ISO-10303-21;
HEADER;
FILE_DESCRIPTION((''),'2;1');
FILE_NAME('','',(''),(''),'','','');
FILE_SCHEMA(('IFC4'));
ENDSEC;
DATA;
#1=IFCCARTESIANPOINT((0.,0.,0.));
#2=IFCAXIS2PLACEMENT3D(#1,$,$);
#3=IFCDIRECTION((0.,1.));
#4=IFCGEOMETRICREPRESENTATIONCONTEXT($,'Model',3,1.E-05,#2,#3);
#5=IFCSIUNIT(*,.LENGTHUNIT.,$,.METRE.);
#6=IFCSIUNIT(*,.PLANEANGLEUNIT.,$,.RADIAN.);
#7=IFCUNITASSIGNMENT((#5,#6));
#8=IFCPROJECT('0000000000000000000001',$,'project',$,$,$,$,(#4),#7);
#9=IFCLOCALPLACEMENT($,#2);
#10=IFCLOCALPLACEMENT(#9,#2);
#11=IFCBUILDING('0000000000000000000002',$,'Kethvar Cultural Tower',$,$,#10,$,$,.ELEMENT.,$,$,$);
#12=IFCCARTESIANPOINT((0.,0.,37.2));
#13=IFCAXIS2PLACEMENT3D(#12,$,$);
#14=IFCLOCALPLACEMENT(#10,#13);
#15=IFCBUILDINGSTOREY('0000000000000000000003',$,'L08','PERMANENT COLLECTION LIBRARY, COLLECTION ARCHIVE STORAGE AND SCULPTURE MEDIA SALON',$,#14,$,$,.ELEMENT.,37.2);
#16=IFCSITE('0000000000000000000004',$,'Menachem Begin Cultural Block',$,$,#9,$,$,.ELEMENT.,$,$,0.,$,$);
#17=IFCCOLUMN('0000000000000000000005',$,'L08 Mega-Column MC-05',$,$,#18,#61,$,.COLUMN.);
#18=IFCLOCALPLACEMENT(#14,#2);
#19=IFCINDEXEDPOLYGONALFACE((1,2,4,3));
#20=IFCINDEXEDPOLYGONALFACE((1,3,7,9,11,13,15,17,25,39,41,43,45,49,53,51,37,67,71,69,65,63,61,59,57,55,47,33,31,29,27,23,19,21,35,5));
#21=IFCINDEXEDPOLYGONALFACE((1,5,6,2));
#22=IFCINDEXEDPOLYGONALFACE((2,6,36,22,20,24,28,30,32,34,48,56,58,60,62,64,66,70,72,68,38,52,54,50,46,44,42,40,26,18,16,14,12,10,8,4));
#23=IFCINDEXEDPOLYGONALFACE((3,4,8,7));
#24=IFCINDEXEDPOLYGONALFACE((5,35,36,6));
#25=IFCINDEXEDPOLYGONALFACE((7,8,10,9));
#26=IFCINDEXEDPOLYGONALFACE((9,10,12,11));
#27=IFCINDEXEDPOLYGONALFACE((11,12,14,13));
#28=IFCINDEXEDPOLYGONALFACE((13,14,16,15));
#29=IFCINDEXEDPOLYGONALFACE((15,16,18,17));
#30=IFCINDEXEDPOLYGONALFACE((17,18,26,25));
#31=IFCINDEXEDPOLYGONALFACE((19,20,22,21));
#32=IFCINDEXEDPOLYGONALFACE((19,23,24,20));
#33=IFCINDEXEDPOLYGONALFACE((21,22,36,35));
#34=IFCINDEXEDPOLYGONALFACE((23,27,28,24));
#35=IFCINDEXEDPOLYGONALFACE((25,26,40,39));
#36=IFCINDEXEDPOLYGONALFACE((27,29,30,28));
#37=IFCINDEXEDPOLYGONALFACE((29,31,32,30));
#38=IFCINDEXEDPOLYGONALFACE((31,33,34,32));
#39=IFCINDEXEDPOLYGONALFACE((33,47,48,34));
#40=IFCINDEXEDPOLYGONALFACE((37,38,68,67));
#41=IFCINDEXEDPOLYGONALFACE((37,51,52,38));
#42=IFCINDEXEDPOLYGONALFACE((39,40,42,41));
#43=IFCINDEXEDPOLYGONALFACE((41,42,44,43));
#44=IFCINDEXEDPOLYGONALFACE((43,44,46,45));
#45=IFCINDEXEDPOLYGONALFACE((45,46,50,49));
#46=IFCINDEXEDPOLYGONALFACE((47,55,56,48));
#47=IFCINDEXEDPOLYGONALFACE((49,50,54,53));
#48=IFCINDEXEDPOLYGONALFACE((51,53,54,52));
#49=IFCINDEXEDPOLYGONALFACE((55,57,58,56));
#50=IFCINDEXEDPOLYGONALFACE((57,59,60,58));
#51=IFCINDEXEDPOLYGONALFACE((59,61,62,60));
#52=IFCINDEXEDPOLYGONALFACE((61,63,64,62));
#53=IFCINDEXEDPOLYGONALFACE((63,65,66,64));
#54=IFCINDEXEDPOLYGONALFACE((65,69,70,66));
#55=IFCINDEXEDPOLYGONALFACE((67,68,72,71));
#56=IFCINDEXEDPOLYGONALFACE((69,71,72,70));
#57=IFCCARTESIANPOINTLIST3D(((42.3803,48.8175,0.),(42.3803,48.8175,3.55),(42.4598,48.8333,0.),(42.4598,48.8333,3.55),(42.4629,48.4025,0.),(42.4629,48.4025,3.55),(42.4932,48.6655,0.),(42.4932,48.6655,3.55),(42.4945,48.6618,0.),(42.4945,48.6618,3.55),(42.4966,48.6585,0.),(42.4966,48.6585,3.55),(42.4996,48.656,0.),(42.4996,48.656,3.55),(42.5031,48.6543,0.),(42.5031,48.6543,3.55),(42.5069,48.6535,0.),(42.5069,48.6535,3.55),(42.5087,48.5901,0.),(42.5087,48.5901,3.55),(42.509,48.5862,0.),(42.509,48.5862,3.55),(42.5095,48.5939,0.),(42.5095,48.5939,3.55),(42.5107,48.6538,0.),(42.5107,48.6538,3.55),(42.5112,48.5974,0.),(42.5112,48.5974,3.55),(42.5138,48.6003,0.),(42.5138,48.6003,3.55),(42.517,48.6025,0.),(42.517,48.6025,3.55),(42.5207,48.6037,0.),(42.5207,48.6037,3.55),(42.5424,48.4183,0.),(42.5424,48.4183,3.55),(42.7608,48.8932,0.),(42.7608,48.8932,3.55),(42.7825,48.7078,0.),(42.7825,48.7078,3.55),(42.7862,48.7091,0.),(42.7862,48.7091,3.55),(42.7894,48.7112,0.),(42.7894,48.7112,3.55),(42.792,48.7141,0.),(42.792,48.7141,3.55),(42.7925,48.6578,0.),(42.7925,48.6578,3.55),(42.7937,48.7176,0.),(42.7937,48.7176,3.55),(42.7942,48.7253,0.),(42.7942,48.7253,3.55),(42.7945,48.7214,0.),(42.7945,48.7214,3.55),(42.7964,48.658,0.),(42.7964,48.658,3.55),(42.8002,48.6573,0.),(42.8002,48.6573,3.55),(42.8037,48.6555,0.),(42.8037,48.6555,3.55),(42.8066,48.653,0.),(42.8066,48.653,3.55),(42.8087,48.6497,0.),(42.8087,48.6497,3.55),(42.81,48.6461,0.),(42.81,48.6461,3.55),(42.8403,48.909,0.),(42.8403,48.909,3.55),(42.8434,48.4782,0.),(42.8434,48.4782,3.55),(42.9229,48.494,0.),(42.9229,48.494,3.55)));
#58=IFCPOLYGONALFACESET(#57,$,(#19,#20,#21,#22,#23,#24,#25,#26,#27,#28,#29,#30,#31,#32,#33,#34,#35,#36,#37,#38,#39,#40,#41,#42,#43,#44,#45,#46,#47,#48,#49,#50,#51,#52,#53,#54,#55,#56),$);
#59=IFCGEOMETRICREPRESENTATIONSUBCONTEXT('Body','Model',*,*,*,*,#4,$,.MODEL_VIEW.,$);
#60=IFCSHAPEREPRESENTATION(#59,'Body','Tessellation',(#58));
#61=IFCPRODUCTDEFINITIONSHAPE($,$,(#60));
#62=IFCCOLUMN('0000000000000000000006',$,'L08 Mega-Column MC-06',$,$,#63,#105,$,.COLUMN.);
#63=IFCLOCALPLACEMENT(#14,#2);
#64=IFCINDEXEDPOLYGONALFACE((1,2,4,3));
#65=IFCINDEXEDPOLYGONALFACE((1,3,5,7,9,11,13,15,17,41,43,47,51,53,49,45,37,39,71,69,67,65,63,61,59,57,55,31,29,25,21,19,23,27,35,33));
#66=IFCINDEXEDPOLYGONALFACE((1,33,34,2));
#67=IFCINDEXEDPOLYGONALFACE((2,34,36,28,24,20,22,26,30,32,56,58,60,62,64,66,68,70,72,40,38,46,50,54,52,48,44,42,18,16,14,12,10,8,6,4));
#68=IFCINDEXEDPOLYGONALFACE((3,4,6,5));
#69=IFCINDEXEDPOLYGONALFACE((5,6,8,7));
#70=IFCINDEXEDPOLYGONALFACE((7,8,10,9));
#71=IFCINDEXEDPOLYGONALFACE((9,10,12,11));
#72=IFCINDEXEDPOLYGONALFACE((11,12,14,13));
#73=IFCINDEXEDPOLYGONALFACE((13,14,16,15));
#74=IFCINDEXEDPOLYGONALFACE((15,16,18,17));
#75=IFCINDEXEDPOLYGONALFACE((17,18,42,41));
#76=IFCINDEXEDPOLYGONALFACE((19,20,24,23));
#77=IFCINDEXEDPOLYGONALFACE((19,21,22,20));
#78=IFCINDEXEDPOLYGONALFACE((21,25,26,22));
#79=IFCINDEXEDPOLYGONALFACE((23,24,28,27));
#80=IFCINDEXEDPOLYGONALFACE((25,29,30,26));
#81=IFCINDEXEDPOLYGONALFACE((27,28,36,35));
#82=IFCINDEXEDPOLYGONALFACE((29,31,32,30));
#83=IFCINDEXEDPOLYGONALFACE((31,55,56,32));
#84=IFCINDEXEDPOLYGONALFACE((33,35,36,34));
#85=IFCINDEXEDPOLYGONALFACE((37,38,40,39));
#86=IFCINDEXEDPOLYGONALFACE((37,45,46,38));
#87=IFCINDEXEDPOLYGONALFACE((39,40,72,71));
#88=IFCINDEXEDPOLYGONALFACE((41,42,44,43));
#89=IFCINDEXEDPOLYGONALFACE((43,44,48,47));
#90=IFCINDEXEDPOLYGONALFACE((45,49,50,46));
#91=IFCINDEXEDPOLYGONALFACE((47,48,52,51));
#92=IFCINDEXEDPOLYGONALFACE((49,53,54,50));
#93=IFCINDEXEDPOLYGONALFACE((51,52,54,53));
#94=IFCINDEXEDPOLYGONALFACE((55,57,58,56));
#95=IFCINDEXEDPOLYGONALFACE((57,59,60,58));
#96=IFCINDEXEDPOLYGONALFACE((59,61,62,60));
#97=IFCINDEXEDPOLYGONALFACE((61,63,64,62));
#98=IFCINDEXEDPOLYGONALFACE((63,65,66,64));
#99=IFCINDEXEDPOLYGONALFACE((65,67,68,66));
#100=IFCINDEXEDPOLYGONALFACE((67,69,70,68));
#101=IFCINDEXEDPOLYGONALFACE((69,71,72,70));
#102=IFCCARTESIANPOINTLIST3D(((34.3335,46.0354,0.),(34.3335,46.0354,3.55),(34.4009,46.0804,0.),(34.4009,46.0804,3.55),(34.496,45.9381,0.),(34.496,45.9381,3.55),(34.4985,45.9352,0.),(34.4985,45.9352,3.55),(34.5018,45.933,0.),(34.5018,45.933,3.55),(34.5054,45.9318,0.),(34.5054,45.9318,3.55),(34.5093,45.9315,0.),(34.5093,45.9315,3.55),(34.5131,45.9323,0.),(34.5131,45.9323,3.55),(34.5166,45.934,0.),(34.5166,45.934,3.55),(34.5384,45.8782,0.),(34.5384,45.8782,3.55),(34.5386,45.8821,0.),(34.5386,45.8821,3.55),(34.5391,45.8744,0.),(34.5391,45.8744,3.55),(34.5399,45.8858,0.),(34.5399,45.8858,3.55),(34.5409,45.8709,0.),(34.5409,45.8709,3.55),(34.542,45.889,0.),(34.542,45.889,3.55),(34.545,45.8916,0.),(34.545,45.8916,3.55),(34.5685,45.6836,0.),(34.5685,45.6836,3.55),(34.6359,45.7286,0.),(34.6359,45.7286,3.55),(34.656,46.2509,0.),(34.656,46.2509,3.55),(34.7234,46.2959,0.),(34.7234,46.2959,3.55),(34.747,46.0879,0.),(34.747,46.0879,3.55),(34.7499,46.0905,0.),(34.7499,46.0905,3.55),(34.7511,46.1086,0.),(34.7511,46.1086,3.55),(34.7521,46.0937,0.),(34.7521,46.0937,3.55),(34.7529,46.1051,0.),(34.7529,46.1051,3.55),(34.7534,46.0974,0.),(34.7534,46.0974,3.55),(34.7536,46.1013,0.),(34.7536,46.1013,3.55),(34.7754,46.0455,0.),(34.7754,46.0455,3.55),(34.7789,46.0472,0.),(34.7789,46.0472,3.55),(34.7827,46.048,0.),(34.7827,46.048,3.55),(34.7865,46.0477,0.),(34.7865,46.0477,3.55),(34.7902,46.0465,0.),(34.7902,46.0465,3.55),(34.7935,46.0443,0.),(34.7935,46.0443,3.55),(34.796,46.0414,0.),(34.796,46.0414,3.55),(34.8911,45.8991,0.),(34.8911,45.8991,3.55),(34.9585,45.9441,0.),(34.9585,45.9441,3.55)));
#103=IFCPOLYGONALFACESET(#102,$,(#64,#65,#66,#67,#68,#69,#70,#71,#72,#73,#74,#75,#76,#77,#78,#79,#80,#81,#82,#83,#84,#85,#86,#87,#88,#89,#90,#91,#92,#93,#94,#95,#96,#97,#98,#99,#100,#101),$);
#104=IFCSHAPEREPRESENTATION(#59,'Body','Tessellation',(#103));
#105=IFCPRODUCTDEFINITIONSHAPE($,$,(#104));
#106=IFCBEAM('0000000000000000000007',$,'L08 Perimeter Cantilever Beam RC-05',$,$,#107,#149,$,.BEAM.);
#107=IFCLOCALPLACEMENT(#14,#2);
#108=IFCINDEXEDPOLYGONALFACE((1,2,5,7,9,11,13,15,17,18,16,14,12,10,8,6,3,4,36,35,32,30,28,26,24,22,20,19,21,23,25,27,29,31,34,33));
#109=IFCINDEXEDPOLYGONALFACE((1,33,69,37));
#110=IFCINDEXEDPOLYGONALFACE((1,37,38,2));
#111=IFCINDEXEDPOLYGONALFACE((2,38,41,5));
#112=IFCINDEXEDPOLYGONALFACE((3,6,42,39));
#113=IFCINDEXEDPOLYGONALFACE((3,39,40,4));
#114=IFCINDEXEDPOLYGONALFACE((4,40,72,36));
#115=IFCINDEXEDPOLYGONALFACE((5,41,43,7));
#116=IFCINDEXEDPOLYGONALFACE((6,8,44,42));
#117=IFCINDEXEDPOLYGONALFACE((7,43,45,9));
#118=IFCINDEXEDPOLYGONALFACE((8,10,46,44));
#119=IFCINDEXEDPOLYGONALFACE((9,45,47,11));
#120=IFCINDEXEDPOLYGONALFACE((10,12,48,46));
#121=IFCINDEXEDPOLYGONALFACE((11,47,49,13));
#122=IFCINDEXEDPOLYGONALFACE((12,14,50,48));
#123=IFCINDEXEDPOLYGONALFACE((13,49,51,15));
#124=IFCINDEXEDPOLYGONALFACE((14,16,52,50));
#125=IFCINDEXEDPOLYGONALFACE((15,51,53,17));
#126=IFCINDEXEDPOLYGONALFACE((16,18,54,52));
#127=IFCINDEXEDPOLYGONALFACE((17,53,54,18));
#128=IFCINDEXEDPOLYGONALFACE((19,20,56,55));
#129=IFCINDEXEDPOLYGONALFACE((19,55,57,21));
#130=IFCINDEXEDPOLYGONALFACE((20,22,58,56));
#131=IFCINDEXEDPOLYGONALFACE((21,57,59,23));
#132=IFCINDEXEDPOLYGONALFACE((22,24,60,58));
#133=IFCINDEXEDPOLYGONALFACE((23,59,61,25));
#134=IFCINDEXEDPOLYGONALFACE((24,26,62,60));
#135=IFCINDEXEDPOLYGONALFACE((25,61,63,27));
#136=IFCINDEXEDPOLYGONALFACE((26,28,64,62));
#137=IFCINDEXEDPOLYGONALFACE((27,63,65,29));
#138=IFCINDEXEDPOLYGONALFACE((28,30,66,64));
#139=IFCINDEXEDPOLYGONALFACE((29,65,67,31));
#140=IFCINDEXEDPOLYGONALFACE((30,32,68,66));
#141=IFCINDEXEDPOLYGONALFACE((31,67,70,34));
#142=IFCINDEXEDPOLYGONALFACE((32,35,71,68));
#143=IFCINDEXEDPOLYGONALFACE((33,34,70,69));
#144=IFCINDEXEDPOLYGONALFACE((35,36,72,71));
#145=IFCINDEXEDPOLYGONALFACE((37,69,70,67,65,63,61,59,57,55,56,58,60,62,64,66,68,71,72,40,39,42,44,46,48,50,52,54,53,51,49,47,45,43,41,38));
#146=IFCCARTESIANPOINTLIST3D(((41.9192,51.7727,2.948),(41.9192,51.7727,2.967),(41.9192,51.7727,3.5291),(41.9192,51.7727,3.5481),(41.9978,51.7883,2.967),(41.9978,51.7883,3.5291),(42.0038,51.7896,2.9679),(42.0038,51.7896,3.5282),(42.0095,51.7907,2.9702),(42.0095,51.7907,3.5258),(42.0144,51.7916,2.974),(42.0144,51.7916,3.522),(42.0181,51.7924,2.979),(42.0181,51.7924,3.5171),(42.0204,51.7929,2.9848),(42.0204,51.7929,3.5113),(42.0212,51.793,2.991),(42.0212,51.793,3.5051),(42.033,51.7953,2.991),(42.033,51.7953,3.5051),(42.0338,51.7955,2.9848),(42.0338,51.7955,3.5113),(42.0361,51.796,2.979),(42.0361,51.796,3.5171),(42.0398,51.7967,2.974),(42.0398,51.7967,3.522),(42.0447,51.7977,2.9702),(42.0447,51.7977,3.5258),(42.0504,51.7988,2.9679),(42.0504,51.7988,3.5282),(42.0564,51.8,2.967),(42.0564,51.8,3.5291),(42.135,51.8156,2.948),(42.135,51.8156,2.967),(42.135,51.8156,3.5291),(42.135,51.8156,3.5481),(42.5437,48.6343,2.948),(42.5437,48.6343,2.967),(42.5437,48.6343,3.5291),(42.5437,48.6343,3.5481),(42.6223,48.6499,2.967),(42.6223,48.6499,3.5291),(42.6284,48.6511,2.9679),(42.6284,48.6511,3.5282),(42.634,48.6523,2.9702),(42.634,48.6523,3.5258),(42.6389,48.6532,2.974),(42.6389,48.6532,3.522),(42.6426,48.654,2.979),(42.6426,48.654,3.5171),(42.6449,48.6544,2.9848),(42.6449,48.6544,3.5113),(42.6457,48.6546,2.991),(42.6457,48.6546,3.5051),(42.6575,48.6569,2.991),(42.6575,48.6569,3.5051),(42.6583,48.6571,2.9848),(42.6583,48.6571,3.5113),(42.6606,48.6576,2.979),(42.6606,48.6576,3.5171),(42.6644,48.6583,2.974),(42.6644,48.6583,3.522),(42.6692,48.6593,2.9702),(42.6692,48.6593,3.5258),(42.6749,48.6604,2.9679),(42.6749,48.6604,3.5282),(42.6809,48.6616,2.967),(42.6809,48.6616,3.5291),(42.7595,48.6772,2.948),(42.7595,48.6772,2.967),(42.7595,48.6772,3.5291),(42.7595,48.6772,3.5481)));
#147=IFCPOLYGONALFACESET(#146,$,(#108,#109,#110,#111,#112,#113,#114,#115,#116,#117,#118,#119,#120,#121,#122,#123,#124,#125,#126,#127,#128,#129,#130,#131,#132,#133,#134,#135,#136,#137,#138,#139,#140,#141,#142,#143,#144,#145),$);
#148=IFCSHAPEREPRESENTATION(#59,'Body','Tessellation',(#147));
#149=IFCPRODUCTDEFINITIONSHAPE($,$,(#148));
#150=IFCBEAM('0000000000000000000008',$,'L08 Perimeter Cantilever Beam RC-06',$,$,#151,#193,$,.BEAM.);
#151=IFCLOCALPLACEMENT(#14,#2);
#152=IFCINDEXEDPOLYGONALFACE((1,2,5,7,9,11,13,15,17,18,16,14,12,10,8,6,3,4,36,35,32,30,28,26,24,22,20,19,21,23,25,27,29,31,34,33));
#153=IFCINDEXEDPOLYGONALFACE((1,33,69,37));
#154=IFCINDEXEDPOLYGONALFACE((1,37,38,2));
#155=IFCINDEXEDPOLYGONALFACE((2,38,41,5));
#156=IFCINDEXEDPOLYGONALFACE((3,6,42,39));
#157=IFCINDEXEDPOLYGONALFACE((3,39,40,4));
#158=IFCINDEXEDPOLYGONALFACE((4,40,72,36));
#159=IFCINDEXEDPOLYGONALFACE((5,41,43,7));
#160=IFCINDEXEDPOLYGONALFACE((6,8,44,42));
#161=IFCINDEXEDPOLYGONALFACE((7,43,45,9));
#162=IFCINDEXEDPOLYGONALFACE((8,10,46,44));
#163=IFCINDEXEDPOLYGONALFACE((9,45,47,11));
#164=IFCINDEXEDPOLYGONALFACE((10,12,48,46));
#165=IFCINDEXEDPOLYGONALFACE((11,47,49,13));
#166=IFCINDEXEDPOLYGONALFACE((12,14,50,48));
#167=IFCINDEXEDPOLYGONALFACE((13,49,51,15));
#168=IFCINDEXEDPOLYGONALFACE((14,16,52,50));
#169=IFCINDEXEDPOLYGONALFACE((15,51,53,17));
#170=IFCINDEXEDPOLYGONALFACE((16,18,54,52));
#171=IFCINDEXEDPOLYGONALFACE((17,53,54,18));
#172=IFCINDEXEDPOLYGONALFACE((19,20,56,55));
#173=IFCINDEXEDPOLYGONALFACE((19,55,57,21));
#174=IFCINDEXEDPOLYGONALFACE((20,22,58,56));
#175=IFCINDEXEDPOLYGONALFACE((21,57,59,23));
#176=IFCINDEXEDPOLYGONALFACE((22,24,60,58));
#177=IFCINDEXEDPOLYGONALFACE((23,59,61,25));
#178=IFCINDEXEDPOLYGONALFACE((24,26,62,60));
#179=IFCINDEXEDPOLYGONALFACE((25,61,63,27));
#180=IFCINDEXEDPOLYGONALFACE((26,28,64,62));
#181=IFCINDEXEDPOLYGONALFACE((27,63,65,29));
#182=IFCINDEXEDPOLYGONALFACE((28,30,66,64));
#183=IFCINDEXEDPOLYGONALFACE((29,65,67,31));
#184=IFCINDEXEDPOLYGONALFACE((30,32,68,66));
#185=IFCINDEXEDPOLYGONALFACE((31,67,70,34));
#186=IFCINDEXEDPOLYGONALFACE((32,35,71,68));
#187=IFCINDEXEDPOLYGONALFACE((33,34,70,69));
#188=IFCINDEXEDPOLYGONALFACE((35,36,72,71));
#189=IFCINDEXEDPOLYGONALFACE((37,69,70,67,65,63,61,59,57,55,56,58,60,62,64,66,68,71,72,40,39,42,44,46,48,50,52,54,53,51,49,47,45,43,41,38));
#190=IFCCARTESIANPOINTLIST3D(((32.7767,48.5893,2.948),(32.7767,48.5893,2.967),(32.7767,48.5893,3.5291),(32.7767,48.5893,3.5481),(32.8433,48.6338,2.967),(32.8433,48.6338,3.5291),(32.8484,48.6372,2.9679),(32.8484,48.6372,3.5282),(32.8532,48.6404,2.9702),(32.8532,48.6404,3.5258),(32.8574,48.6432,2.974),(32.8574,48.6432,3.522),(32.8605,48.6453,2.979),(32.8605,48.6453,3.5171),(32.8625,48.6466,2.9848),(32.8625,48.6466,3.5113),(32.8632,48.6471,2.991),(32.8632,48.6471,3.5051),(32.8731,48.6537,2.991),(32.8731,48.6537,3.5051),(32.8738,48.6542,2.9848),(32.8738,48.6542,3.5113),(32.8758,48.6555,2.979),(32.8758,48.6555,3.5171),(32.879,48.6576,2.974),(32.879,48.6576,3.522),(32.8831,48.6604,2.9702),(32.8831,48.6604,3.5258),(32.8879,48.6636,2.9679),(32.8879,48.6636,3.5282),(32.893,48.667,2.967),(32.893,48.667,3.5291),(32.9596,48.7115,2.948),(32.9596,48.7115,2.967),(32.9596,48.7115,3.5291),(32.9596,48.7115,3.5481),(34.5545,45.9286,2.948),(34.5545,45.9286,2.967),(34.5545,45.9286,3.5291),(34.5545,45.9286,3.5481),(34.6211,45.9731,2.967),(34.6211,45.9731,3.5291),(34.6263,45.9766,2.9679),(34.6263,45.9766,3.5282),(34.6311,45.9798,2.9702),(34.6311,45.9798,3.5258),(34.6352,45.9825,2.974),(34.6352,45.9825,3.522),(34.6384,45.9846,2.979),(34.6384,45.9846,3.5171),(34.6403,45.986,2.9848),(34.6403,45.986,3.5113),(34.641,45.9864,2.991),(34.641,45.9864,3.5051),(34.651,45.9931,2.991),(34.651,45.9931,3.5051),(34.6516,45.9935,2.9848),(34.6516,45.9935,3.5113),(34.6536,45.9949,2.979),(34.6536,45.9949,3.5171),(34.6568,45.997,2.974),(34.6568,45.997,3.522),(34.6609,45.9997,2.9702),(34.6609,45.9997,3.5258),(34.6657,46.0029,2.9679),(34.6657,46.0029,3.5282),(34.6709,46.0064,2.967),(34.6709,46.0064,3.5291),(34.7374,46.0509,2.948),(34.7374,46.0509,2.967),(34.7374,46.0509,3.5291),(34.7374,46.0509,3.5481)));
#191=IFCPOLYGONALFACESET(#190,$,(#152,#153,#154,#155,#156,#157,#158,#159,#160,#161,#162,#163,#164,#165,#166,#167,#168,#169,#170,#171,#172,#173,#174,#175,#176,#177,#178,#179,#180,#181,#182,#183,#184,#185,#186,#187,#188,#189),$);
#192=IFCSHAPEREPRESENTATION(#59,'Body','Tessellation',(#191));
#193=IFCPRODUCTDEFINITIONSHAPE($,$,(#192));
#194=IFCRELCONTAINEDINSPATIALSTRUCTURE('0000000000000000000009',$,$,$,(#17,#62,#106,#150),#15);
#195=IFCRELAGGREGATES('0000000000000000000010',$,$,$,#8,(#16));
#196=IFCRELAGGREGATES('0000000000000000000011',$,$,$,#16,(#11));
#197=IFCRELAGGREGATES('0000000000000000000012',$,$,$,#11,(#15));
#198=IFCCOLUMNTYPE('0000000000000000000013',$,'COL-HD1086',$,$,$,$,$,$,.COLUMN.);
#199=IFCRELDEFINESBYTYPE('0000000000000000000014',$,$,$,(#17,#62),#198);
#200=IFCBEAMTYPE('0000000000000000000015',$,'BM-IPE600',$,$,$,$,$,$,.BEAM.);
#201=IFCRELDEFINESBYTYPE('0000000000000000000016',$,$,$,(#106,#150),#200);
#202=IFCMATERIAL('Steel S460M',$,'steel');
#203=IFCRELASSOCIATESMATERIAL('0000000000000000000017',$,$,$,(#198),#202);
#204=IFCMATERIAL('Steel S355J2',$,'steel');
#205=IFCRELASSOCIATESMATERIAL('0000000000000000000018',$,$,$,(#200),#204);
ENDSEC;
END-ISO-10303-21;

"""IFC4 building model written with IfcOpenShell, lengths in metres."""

from ifc_helpers import new_model, si_unit, direction, frame, origin, origin_2d, place, context, subcontext, project, spatial, i_section, extrude, source, transform, mapped, material, material_profile, profile_set, type_object, element, save


model = new_model("IFC4")

# Units and contexts
model_context = context("Model", 3, precision=1e-05, world=origin(), true_north=direction((0.0, 1.0)))
body_context = subcontext(model_context, "Body", "Model", "MODEL_VIEW")
ifc_project = project(units=[si_unit("LENGTHUNIT", "METRE"), si_unit("PLANEANGLEUNIT", "RADIAN")], contexts=[model_context])

# Site, building, storey
site_placement = place(None, origin())
site = spatial("IfcSite", under=ifc_project, at=site_placement, Name="Menachem Begin Cultural Block", CompositionType="ELEMENT", RefElevation=0.0)
building_placement = place(site_placement, origin())
building = spatial("IfcBuilding", under=site, at=building_placement, Name="Kethvar Cultural Tower", CompositionType="ELEMENT")
storey_placement = place(building_placement, frame((0.0, 0.0, 37.2)))
storey = spatial("IfcBuildingStorey", under=building, at=storey_placement, Name="L08", Description="PERMANENT COLLECTION LIBRARY, COLLECTION ARCHIVE STORAGE AND SCULPTURE MEDIA SALON", CompositionType="ELEMENT", Elevation=37.2)

# Columns
ifc_material_1 = material(Name="Steel S460M", Category="steel")
ifc_material_profile_1 = material_profile(ifc_material_1, i_section(OverallWidth=0.4231, OverallDepth=0.469, WebThickness=0.051, FlangeThickness=0.0811, FilletRadius=0.0149, at=origin_2d()), Name="Steel S460M — HD400x1086")
ifc_profile_set_1 = profile_set([ifc_material_profile_1], Name="Steel S460M — HD400x1086")
column_type = type_object("IfcColumnType", Name="COL-HD1086", PredefinedType="COLUMN", material=ifc_profile_set_1)
shared_shape_1 = source(origin(), body_context, "Body", "SweptSolid", [
    extrude(i_section(OverallWidth=0.4231, OverallDepth=0.469, WebThickness=0.051, FlangeThickness=0.0811, FilletRadius=0.0149, at=origin_2d()), origin(), (0.0, 0.0, 1.0), 3.55),
])
for number, where, z_axis, x_axis, name in (
    (1, (42.6516, 48.6558, 0.0), (0.0, 0.0, 1.0), (-0.19509, 0.980785, 0.0), "L08 Mega-Column MC-05"),
    (2, (34.646, 45.9897, 0.0), (0.0, 0.0, 1.0), (-0.55557, 0.83147, 0.0), "L08 Mega-Column MC-06"),
):
    element("IfcColumn", number, at=place(storey_placement, frame(where, z_axis=z_axis, x_axis=x_axis)), inside=storey, type_object=column_type, Name=name, PredefinedType="COLUMN", context=body_context, shape_type="MappedRepresentation", body=[
        mapped(shared_shape_1, transform((0.0, 0.0, 0.0), scale=1.0)),
    ])

# Beams
ifc_material_2 = material(Name="Steel S355J2", Category="steel")
ifc_material_profile_2 = material_profile(ifc_material_2, i_section(OverallWidth=0.22, OverallDepth=0.6001, WebThickness=0.012, FlangeThickness=0.019, FilletRadius=0.0239, at=origin_2d()), Name="Steel S355J2 — IPE600")
ifc_profile_set_2 = profile_set([ifc_material_profile_2], Name="Steel S355J2 — IPE600")
beam_type_1 = type_object("IfcBeamType", Name="BM-IPE600", PredefinedType="BEAM", material=ifc_profile_set_2)
shared_shape_2 = source(origin(), body_context, "Body", "SweptSolid", [
    extrude(i_section(OverallWidth=0.22, OverallDepth=0.6001, WebThickness=0.012, FlangeThickness=0.019, FilletRadius=0.0239, at=origin_2d()), origin(), (0.0, 0.0, 1.0), 3.2),
])
for number, where, z_axis, x_axis, name in (
    (3, (42.6516, 48.6558, 3.248), (-0.195162, 0.980771, 0.0), (-0.980771, -0.195162, 0.0), "L08 Perimeter Cantilever Beam RC-05"),
    (4, (34.646, 45.9897, 3.248), (-0.55558, 0.831463, 0.0), (-0.831463, -0.55558, 0.0), "L08 Perimeter Cantilever Beam RC-06"),
):
    element("IfcBeam", number, at=place(storey_placement, frame(where, z_axis=z_axis, x_axis=x_axis)), inside=storey, type_object=beam_type_1, Name=name, PredefinedType="BEAM", context=body_context, shape_type="MappedRepresentation", body=[
        mapped(shared_shape_2, transform((0.0, 0.0, 0.0), scale=1.0)),
    ])

save(model, "model.ifc")
